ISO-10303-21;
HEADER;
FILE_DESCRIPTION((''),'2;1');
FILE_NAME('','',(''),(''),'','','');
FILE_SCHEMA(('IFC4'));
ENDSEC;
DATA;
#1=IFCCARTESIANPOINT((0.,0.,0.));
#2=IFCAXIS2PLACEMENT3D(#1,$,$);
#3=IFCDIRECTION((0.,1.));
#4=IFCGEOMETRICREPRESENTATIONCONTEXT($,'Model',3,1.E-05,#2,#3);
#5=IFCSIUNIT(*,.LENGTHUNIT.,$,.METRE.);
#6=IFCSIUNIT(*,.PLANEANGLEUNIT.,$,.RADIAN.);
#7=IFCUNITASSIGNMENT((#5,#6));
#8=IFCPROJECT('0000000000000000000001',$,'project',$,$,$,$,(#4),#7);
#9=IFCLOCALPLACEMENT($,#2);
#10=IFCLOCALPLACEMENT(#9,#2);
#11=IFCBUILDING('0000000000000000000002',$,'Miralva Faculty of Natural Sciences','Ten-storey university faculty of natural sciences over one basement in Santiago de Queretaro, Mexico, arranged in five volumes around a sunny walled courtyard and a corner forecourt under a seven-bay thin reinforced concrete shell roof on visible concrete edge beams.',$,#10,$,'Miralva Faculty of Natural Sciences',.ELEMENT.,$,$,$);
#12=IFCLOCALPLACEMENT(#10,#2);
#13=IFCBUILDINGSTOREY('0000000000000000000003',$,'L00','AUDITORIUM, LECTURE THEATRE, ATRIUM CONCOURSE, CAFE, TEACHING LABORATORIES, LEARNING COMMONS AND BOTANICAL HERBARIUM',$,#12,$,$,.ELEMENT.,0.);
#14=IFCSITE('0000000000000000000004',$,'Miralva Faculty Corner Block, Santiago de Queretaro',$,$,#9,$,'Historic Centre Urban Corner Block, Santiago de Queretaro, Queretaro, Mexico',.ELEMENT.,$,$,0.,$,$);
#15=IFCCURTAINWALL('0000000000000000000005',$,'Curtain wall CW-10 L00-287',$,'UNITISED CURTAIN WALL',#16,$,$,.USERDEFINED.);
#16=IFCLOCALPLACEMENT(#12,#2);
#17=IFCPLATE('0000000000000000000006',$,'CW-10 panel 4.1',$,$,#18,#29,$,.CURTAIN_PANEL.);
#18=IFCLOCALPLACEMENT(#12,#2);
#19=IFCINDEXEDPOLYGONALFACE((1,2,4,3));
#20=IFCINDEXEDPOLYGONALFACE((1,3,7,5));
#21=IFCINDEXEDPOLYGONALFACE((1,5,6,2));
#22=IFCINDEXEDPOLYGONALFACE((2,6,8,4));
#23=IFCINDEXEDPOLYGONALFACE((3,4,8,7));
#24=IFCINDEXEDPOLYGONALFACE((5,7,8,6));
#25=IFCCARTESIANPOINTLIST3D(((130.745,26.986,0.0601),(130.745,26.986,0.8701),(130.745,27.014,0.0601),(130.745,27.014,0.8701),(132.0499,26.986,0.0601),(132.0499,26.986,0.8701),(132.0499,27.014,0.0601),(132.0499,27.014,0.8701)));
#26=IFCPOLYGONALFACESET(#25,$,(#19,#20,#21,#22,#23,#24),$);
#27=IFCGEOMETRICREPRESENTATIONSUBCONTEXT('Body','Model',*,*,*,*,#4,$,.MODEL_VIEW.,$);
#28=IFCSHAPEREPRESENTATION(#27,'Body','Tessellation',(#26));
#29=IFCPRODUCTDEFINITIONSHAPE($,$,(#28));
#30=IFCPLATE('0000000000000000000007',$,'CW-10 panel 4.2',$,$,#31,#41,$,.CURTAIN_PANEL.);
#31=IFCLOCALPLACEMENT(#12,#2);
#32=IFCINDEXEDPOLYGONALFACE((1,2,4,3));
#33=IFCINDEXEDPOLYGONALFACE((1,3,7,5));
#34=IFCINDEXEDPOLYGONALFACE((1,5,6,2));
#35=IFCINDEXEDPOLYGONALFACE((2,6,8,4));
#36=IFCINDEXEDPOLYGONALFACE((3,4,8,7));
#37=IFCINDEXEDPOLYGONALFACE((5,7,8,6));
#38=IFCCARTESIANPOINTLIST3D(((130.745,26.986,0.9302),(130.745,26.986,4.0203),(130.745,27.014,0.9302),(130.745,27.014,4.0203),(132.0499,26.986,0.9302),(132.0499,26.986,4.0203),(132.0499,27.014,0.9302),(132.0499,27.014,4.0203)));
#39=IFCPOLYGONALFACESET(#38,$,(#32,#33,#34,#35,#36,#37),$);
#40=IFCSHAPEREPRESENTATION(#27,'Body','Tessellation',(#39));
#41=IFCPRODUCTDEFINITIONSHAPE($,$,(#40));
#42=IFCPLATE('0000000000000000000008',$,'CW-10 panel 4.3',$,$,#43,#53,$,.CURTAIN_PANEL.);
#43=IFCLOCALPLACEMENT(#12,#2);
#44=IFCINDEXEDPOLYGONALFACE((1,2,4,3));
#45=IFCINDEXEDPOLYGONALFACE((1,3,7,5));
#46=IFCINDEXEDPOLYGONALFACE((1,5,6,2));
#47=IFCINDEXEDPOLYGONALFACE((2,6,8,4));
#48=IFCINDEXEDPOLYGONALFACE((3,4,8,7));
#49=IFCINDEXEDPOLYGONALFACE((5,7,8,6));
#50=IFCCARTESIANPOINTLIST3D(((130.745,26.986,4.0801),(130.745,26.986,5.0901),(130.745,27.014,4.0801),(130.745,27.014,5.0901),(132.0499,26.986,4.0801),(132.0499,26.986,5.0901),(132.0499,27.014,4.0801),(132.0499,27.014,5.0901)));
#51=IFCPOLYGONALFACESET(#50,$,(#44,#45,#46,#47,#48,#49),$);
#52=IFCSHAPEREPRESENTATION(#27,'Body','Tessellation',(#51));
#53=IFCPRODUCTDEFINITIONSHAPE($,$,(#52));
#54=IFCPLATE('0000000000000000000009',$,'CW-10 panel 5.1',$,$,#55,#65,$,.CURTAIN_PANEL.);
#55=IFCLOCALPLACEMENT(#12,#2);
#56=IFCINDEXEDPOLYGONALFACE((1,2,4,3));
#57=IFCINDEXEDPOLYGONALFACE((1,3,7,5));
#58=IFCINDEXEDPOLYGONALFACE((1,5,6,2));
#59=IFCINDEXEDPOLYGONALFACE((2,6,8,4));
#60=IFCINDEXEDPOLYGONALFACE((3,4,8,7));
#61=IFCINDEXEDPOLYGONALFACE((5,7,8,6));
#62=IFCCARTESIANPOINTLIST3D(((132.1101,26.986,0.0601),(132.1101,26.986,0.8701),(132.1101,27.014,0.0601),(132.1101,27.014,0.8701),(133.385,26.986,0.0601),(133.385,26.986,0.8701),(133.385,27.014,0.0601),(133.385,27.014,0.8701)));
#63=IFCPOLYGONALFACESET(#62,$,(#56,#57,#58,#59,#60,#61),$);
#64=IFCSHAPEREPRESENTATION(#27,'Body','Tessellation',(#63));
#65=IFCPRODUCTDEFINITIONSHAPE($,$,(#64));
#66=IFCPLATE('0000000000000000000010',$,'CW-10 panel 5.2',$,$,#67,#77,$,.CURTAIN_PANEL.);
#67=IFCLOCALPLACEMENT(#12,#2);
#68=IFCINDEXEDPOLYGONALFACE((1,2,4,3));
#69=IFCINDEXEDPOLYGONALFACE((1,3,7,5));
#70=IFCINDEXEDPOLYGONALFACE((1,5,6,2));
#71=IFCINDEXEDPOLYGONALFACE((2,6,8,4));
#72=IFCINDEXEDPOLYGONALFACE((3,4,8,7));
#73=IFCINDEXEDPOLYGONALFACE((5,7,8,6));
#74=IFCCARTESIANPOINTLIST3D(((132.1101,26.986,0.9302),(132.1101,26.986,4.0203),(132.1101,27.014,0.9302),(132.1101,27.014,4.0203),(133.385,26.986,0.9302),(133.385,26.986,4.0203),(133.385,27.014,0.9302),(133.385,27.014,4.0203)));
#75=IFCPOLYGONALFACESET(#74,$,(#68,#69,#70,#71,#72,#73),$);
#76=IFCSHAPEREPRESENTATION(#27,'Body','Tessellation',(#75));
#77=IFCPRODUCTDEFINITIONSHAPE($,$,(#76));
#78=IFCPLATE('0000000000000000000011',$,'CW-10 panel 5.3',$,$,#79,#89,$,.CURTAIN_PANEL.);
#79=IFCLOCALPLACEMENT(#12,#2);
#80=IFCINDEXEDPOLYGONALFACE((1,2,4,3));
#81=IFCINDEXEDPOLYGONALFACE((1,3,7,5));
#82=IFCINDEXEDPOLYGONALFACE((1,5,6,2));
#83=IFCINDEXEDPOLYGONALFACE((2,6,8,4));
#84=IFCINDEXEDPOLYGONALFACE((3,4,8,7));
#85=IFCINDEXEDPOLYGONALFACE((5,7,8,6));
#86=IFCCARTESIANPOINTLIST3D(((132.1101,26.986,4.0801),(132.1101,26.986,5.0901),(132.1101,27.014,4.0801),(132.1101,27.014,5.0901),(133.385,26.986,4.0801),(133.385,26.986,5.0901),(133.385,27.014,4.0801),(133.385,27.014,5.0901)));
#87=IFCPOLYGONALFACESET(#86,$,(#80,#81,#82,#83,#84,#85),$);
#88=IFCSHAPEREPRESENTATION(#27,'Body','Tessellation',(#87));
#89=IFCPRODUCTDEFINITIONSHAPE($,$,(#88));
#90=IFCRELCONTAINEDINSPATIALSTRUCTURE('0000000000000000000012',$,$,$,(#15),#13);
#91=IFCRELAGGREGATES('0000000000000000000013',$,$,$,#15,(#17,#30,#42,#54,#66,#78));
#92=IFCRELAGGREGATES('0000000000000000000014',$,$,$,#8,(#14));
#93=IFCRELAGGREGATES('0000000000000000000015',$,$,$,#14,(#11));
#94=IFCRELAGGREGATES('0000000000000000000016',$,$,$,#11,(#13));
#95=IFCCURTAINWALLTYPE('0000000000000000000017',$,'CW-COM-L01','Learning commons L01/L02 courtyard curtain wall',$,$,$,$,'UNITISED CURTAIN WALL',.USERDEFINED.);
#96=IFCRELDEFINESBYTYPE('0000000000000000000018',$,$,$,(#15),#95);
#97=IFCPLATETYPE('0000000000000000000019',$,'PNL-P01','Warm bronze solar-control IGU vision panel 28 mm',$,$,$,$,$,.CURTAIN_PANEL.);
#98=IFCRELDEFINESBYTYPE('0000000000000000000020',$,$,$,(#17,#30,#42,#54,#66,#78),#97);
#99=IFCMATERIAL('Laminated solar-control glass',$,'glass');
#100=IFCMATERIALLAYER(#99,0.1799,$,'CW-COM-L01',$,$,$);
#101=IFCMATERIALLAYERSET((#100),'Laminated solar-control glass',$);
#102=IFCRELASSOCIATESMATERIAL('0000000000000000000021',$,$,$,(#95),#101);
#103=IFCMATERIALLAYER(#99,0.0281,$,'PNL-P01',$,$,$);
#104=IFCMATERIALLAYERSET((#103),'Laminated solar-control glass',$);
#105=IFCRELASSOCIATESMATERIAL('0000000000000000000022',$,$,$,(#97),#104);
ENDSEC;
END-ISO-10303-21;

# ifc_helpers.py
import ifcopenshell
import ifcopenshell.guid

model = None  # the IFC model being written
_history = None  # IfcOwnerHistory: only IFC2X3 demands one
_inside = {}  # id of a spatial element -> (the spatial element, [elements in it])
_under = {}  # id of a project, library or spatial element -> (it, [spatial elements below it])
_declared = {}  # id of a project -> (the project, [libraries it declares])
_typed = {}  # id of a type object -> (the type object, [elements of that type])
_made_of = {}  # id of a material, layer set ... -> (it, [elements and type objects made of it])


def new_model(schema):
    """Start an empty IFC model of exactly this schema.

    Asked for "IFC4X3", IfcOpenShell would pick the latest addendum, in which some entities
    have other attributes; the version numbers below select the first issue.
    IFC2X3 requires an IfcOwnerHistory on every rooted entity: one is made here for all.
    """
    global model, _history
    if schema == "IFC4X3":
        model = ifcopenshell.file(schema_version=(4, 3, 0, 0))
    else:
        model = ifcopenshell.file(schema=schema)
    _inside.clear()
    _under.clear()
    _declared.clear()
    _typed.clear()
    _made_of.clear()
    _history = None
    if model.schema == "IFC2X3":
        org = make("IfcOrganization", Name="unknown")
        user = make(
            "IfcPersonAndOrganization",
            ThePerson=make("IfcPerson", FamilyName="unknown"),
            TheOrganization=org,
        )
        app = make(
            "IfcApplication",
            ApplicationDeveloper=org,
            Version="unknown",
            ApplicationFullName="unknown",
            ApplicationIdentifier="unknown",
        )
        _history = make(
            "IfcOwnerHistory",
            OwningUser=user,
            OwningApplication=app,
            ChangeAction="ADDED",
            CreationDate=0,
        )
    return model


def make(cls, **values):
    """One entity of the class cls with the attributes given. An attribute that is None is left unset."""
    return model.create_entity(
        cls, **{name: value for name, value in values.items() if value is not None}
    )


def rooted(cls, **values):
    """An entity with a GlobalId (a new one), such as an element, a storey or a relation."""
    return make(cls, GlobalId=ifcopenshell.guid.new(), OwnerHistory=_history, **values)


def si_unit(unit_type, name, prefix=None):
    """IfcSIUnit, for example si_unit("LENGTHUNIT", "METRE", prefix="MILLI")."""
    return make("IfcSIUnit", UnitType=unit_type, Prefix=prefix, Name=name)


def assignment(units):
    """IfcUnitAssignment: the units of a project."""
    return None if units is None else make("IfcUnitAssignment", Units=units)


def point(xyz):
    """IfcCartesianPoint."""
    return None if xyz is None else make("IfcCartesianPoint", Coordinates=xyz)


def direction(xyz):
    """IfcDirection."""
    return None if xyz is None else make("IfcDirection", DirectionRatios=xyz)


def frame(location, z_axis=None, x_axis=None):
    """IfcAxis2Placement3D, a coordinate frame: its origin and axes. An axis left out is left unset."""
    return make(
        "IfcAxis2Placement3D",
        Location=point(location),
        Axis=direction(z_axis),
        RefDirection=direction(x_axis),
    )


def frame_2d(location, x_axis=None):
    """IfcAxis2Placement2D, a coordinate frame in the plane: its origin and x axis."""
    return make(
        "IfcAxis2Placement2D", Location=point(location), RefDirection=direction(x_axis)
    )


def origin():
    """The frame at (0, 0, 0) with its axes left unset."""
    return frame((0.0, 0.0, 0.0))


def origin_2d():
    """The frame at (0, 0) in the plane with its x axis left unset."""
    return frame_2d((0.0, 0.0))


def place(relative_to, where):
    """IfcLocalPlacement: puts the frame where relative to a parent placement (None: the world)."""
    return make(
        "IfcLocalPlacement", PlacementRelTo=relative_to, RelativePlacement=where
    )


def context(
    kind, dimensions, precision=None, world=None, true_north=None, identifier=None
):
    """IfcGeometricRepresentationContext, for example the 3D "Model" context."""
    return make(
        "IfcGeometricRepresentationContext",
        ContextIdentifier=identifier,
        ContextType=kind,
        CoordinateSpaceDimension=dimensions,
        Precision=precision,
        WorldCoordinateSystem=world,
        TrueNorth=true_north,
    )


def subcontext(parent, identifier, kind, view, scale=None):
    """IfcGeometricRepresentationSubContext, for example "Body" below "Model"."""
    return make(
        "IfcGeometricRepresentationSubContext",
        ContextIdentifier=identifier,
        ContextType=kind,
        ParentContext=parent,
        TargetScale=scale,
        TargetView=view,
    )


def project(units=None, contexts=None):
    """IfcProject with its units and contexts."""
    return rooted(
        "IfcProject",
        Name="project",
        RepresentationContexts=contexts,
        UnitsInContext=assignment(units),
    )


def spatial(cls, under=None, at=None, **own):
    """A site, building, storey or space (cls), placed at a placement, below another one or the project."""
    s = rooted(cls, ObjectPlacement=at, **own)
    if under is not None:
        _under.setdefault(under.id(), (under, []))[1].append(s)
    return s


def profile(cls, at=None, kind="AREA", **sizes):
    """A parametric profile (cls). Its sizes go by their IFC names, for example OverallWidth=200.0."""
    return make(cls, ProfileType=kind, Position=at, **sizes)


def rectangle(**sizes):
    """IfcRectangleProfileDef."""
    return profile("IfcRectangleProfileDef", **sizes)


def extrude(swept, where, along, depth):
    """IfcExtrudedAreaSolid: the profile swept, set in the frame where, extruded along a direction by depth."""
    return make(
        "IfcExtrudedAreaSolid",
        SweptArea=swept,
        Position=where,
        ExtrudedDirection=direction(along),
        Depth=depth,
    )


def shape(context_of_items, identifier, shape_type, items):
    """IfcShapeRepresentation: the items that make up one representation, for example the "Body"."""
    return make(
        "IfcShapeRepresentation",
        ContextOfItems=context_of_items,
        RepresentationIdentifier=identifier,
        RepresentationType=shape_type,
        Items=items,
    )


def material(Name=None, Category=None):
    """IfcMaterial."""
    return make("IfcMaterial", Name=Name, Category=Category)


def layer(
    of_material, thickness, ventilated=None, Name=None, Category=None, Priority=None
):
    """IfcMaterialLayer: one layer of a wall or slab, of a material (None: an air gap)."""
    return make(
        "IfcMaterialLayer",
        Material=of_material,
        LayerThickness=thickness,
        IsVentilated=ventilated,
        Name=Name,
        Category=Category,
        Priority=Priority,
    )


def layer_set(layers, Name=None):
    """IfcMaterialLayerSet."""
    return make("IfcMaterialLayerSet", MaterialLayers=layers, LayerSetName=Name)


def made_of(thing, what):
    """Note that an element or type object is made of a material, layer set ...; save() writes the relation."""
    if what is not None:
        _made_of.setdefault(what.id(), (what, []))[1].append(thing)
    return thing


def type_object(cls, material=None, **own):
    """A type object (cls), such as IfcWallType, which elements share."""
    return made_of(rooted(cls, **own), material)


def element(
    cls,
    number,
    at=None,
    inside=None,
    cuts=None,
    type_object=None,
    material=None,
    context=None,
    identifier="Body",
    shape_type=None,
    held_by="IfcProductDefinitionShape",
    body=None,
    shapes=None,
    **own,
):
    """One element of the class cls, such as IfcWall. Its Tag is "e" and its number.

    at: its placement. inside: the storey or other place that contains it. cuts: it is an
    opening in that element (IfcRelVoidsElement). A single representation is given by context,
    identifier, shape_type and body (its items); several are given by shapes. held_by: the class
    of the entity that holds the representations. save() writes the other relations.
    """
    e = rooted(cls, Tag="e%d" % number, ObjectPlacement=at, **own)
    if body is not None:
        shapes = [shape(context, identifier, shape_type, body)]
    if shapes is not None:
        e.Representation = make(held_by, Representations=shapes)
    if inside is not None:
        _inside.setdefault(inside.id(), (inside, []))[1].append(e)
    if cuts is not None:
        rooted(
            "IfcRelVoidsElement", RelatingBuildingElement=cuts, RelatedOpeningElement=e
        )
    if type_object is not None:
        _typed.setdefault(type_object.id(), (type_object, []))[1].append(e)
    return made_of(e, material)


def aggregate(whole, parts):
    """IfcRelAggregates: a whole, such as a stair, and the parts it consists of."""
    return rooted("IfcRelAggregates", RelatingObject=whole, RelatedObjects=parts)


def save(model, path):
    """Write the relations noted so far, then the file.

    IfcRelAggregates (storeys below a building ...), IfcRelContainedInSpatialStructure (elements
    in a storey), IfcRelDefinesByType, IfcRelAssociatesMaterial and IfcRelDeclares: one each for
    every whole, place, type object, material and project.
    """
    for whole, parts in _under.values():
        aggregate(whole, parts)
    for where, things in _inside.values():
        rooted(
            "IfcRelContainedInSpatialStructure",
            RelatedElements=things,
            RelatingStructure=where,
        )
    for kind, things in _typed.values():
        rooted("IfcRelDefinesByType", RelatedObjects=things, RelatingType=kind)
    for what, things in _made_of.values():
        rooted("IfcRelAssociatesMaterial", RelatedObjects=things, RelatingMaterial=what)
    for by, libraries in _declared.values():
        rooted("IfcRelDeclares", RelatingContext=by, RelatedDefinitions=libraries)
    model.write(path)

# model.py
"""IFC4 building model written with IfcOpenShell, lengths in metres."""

from ifc_helpers import new_model, si_unit, direction, frame, origin, origin_2d, place, context, subcontext, project, spatial, rectangle, extrude, material, layer, layer_set, type_object, element, aggregate, save


model = new_model("IFC4")

# Units and contexts
model_context = context("Model", 3, precision=1e-05, world=origin(), true_north=direction((0.0, 1.0)))
body_context = subcontext(model_context, "Body", "Model", "MODEL_VIEW")
ifc_project = project(units=[si_unit("LENGTHUNIT", "METRE"), si_unit("PLANEANGLEUNIT", "RADIAN")], contexts=[model_context])

# Site, building, storey
site_placement = place(None, origin())
site = spatial("IfcSite", under=ifc_project, at=site_placement, Name="Miralva Faculty Corner Block, Santiago de Queretaro", LongName="Historic Centre Urban Corner Block, Santiago de Queretaro, Queretaro, Mexico", CompositionType="ELEMENT", RefElevation=0.0)
building_placement = place(site_placement, origin())
building = spatial("IfcBuilding", under=site, at=building_placement, Name="Miralva Faculty of Natural Sciences", Description="Ten-storey university faculty of natural sciences over one basement in Santiago de Queretaro, Mexico, arranged in five volumes around a sunny walled courtyard and a corner forecourt under a seven-bay thin reinforced concrete shell roof on visible concrete edge beams.", LongName="Miralva Faculty of Natural Sciences", CompositionType="ELEMENT")
storey_placement = place(building_placement, origin())
storey = spatial("IfcBuildingStorey", under=building, at=storey_placement, Name="L00", Description="AUDITORIUM, LECTURE THEATRE, ATRIUM CONCOURSE, CAFE, TEACHING LABORATORIES, LEARNING COMMONS AND BOTANICAL HERBARIUM", CompositionType="ELEMENT", Elevation=0.0)

# Shared definitions
ifc_material_1 = material(Name="Laminated solar-control glass", Category="glass")

# Curtain wall
ifc_layer_1 = layer(ifc_material_1, 0.1799, Name="CW-COM-L01")
ifc_layer_set_1 = layer_set([ifc_layer_1], Name="Laminated solar-control glass")
curtain_wall_type_1 = type_object("IfcCurtainWallType", Name="CW-COM-L01", Description="Learning commons L01/L02 courtyard curtain wall", ElementType="UNITISED CURTAIN WALL", PredefinedType="USERDEFINED", material=ifc_layer_set_1)
curtain_wall_1_placement = place(storey_placement, origin())
curtain_wall_1 = element("IfcCurtainWall", 1, at=curtain_wall_1_placement, inside=storey, type_object=curtain_wall_type_1, Name="Curtain wall CW-10 L00-287", ObjectType="UNITISED CURTAIN WALL", PredefinedType="USERDEFINED")

# Plates
ifc_layer_2 = layer(ifc_material_1, 0.0281, Name="PNL-P01")
ifc_layer_set_2 = layer_set([ifc_layer_2], Name="Laminated solar-control glass")
plate_type = type_object("IfcPlateType", Name="PNL-P01", Description="Warm bronze solar-control IGU vision panel 28 mm", PredefinedType="CURTAIN_PANEL", material=ifc_layer_set_2)
plate_1_placement = place(storey_placement, frame((131.3975, 27.0, 0.0601), z_axis=(0.0, 0.0, 1.0), x_axis=(1.0, 0.0, 0.0)))
plate_1 = element("IfcPlate", 2, at=plate_1_placement, type_object=plate_type, Name="CW-10 panel 4.1", PredefinedType="CURTAIN_PANEL", context=body_context, shape_type="SweptSolid", body=[
    extrude(rectangle(XDim=1.3049, YDim=0.0281, at=origin_2d()), origin(), (0.0, 0.0, 1.0), 0.8101),
])
plate_2_placement = place(storey_placement, frame((131.3975, 27.0, 0.9302), z_axis=(0.0, 0.0, 1.0), x_axis=(1.0, 0.0, 0.0)))
plate_2 = element("IfcPlate", 3, at=plate_2_placement, type_object=plate_type, Name="CW-10 panel 4.2", PredefinedType="CURTAIN_PANEL", context=body_context, shape_type="SweptSolid", body=[
    extrude(rectangle(XDim=1.3049, YDim=0.0281, at=origin_2d()), origin(), (0.0, 0.0, 1.0), 3.0901),
])
plate_3_placement = place(storey_placement, frame((131.3975, 27.0, 4.0801), z_axis=(0.0, 0.0, 1.0), x_axis=(1.0, 0.0, 0.0)))
plate_3 = element("IfcPlate", 4, at=plate_3_placement, type_object=plate_type, Name="CW-10 panel 4.3", PredefinedType="CURTAIN_PANEL", context=body_context, shape_type="SweptSolid", body=[
    extrude(rectangle(XDim=1.3049, YDim=0.0281, at=origin_2d()), origin(), (0.0, 0.0, 1.0), 1.01),
])
plate_4_placement = place(storey_placement, frame((132.7476, 27.0, 0.0601), z_axis=(0.0, 0.0, 1.0), x_axis=(1.0, 0.0, 0.0)))
plate_4 = element("IfcPlate", 5, at=plate_4_placement, type_object=plate_type, Name="CW-10 panel 5.1", PredefinedType="CURTAIN_PANEL", context=body_context, shape_type="SweptSolid", body=[
    extrude(rectangle(XDim=1.2749, YDim=0.0281, at=origin_2d()), origin(), (0.0, 0.0, 1.0), 0.8101),
])
plate_5_placement = place(storey_placement, frame((132.7476, 27.0, 0.9302), z_axis=(0.0, 0.0, 1.0), x_axis=(1.0, 0.0, 0.0)))
plate_5 = element("IfcPlate", 6, at=plate_5_placement, type_object=plate_type, Name="CW-10 panel 5.2", PredefinedType="CURTAIN_PANEL", context=body_context, shape_type="SweptSolid", body=[
    extrude(rectangle(XDim=1.2749, YDim=0.0281, at=origin_2d()), origin(), (0.0, 0.0, 1.0), 3.0901),
])
plate_6_placement = place(storey_placement, frame((132.7476, 27.0, 4.0801), z_axis=(0.0, 0.0, 1.0), x_axis=(1.0, 0.0, 0.0)))
plate_6 = element("IfcPlate", 7, at=plate_6_placement, type_object=plate_type, Name="CW-10 panel 5.3", PredefinedType="CURTAIN_PANEL", context=body_context, shape_type="SweptSolid", body=[
    extrude(rectangle(XDim=1.2749, YDim=0.0281, at=origin_2d()), origin(), (0.0, 0.0, 1.0), 1.01),
])
aggregate(curtain_wall_1, [plate_1, plate_2, plate_3, plate_4, plate_5, plate_6])

save(model, "model.ifc")
